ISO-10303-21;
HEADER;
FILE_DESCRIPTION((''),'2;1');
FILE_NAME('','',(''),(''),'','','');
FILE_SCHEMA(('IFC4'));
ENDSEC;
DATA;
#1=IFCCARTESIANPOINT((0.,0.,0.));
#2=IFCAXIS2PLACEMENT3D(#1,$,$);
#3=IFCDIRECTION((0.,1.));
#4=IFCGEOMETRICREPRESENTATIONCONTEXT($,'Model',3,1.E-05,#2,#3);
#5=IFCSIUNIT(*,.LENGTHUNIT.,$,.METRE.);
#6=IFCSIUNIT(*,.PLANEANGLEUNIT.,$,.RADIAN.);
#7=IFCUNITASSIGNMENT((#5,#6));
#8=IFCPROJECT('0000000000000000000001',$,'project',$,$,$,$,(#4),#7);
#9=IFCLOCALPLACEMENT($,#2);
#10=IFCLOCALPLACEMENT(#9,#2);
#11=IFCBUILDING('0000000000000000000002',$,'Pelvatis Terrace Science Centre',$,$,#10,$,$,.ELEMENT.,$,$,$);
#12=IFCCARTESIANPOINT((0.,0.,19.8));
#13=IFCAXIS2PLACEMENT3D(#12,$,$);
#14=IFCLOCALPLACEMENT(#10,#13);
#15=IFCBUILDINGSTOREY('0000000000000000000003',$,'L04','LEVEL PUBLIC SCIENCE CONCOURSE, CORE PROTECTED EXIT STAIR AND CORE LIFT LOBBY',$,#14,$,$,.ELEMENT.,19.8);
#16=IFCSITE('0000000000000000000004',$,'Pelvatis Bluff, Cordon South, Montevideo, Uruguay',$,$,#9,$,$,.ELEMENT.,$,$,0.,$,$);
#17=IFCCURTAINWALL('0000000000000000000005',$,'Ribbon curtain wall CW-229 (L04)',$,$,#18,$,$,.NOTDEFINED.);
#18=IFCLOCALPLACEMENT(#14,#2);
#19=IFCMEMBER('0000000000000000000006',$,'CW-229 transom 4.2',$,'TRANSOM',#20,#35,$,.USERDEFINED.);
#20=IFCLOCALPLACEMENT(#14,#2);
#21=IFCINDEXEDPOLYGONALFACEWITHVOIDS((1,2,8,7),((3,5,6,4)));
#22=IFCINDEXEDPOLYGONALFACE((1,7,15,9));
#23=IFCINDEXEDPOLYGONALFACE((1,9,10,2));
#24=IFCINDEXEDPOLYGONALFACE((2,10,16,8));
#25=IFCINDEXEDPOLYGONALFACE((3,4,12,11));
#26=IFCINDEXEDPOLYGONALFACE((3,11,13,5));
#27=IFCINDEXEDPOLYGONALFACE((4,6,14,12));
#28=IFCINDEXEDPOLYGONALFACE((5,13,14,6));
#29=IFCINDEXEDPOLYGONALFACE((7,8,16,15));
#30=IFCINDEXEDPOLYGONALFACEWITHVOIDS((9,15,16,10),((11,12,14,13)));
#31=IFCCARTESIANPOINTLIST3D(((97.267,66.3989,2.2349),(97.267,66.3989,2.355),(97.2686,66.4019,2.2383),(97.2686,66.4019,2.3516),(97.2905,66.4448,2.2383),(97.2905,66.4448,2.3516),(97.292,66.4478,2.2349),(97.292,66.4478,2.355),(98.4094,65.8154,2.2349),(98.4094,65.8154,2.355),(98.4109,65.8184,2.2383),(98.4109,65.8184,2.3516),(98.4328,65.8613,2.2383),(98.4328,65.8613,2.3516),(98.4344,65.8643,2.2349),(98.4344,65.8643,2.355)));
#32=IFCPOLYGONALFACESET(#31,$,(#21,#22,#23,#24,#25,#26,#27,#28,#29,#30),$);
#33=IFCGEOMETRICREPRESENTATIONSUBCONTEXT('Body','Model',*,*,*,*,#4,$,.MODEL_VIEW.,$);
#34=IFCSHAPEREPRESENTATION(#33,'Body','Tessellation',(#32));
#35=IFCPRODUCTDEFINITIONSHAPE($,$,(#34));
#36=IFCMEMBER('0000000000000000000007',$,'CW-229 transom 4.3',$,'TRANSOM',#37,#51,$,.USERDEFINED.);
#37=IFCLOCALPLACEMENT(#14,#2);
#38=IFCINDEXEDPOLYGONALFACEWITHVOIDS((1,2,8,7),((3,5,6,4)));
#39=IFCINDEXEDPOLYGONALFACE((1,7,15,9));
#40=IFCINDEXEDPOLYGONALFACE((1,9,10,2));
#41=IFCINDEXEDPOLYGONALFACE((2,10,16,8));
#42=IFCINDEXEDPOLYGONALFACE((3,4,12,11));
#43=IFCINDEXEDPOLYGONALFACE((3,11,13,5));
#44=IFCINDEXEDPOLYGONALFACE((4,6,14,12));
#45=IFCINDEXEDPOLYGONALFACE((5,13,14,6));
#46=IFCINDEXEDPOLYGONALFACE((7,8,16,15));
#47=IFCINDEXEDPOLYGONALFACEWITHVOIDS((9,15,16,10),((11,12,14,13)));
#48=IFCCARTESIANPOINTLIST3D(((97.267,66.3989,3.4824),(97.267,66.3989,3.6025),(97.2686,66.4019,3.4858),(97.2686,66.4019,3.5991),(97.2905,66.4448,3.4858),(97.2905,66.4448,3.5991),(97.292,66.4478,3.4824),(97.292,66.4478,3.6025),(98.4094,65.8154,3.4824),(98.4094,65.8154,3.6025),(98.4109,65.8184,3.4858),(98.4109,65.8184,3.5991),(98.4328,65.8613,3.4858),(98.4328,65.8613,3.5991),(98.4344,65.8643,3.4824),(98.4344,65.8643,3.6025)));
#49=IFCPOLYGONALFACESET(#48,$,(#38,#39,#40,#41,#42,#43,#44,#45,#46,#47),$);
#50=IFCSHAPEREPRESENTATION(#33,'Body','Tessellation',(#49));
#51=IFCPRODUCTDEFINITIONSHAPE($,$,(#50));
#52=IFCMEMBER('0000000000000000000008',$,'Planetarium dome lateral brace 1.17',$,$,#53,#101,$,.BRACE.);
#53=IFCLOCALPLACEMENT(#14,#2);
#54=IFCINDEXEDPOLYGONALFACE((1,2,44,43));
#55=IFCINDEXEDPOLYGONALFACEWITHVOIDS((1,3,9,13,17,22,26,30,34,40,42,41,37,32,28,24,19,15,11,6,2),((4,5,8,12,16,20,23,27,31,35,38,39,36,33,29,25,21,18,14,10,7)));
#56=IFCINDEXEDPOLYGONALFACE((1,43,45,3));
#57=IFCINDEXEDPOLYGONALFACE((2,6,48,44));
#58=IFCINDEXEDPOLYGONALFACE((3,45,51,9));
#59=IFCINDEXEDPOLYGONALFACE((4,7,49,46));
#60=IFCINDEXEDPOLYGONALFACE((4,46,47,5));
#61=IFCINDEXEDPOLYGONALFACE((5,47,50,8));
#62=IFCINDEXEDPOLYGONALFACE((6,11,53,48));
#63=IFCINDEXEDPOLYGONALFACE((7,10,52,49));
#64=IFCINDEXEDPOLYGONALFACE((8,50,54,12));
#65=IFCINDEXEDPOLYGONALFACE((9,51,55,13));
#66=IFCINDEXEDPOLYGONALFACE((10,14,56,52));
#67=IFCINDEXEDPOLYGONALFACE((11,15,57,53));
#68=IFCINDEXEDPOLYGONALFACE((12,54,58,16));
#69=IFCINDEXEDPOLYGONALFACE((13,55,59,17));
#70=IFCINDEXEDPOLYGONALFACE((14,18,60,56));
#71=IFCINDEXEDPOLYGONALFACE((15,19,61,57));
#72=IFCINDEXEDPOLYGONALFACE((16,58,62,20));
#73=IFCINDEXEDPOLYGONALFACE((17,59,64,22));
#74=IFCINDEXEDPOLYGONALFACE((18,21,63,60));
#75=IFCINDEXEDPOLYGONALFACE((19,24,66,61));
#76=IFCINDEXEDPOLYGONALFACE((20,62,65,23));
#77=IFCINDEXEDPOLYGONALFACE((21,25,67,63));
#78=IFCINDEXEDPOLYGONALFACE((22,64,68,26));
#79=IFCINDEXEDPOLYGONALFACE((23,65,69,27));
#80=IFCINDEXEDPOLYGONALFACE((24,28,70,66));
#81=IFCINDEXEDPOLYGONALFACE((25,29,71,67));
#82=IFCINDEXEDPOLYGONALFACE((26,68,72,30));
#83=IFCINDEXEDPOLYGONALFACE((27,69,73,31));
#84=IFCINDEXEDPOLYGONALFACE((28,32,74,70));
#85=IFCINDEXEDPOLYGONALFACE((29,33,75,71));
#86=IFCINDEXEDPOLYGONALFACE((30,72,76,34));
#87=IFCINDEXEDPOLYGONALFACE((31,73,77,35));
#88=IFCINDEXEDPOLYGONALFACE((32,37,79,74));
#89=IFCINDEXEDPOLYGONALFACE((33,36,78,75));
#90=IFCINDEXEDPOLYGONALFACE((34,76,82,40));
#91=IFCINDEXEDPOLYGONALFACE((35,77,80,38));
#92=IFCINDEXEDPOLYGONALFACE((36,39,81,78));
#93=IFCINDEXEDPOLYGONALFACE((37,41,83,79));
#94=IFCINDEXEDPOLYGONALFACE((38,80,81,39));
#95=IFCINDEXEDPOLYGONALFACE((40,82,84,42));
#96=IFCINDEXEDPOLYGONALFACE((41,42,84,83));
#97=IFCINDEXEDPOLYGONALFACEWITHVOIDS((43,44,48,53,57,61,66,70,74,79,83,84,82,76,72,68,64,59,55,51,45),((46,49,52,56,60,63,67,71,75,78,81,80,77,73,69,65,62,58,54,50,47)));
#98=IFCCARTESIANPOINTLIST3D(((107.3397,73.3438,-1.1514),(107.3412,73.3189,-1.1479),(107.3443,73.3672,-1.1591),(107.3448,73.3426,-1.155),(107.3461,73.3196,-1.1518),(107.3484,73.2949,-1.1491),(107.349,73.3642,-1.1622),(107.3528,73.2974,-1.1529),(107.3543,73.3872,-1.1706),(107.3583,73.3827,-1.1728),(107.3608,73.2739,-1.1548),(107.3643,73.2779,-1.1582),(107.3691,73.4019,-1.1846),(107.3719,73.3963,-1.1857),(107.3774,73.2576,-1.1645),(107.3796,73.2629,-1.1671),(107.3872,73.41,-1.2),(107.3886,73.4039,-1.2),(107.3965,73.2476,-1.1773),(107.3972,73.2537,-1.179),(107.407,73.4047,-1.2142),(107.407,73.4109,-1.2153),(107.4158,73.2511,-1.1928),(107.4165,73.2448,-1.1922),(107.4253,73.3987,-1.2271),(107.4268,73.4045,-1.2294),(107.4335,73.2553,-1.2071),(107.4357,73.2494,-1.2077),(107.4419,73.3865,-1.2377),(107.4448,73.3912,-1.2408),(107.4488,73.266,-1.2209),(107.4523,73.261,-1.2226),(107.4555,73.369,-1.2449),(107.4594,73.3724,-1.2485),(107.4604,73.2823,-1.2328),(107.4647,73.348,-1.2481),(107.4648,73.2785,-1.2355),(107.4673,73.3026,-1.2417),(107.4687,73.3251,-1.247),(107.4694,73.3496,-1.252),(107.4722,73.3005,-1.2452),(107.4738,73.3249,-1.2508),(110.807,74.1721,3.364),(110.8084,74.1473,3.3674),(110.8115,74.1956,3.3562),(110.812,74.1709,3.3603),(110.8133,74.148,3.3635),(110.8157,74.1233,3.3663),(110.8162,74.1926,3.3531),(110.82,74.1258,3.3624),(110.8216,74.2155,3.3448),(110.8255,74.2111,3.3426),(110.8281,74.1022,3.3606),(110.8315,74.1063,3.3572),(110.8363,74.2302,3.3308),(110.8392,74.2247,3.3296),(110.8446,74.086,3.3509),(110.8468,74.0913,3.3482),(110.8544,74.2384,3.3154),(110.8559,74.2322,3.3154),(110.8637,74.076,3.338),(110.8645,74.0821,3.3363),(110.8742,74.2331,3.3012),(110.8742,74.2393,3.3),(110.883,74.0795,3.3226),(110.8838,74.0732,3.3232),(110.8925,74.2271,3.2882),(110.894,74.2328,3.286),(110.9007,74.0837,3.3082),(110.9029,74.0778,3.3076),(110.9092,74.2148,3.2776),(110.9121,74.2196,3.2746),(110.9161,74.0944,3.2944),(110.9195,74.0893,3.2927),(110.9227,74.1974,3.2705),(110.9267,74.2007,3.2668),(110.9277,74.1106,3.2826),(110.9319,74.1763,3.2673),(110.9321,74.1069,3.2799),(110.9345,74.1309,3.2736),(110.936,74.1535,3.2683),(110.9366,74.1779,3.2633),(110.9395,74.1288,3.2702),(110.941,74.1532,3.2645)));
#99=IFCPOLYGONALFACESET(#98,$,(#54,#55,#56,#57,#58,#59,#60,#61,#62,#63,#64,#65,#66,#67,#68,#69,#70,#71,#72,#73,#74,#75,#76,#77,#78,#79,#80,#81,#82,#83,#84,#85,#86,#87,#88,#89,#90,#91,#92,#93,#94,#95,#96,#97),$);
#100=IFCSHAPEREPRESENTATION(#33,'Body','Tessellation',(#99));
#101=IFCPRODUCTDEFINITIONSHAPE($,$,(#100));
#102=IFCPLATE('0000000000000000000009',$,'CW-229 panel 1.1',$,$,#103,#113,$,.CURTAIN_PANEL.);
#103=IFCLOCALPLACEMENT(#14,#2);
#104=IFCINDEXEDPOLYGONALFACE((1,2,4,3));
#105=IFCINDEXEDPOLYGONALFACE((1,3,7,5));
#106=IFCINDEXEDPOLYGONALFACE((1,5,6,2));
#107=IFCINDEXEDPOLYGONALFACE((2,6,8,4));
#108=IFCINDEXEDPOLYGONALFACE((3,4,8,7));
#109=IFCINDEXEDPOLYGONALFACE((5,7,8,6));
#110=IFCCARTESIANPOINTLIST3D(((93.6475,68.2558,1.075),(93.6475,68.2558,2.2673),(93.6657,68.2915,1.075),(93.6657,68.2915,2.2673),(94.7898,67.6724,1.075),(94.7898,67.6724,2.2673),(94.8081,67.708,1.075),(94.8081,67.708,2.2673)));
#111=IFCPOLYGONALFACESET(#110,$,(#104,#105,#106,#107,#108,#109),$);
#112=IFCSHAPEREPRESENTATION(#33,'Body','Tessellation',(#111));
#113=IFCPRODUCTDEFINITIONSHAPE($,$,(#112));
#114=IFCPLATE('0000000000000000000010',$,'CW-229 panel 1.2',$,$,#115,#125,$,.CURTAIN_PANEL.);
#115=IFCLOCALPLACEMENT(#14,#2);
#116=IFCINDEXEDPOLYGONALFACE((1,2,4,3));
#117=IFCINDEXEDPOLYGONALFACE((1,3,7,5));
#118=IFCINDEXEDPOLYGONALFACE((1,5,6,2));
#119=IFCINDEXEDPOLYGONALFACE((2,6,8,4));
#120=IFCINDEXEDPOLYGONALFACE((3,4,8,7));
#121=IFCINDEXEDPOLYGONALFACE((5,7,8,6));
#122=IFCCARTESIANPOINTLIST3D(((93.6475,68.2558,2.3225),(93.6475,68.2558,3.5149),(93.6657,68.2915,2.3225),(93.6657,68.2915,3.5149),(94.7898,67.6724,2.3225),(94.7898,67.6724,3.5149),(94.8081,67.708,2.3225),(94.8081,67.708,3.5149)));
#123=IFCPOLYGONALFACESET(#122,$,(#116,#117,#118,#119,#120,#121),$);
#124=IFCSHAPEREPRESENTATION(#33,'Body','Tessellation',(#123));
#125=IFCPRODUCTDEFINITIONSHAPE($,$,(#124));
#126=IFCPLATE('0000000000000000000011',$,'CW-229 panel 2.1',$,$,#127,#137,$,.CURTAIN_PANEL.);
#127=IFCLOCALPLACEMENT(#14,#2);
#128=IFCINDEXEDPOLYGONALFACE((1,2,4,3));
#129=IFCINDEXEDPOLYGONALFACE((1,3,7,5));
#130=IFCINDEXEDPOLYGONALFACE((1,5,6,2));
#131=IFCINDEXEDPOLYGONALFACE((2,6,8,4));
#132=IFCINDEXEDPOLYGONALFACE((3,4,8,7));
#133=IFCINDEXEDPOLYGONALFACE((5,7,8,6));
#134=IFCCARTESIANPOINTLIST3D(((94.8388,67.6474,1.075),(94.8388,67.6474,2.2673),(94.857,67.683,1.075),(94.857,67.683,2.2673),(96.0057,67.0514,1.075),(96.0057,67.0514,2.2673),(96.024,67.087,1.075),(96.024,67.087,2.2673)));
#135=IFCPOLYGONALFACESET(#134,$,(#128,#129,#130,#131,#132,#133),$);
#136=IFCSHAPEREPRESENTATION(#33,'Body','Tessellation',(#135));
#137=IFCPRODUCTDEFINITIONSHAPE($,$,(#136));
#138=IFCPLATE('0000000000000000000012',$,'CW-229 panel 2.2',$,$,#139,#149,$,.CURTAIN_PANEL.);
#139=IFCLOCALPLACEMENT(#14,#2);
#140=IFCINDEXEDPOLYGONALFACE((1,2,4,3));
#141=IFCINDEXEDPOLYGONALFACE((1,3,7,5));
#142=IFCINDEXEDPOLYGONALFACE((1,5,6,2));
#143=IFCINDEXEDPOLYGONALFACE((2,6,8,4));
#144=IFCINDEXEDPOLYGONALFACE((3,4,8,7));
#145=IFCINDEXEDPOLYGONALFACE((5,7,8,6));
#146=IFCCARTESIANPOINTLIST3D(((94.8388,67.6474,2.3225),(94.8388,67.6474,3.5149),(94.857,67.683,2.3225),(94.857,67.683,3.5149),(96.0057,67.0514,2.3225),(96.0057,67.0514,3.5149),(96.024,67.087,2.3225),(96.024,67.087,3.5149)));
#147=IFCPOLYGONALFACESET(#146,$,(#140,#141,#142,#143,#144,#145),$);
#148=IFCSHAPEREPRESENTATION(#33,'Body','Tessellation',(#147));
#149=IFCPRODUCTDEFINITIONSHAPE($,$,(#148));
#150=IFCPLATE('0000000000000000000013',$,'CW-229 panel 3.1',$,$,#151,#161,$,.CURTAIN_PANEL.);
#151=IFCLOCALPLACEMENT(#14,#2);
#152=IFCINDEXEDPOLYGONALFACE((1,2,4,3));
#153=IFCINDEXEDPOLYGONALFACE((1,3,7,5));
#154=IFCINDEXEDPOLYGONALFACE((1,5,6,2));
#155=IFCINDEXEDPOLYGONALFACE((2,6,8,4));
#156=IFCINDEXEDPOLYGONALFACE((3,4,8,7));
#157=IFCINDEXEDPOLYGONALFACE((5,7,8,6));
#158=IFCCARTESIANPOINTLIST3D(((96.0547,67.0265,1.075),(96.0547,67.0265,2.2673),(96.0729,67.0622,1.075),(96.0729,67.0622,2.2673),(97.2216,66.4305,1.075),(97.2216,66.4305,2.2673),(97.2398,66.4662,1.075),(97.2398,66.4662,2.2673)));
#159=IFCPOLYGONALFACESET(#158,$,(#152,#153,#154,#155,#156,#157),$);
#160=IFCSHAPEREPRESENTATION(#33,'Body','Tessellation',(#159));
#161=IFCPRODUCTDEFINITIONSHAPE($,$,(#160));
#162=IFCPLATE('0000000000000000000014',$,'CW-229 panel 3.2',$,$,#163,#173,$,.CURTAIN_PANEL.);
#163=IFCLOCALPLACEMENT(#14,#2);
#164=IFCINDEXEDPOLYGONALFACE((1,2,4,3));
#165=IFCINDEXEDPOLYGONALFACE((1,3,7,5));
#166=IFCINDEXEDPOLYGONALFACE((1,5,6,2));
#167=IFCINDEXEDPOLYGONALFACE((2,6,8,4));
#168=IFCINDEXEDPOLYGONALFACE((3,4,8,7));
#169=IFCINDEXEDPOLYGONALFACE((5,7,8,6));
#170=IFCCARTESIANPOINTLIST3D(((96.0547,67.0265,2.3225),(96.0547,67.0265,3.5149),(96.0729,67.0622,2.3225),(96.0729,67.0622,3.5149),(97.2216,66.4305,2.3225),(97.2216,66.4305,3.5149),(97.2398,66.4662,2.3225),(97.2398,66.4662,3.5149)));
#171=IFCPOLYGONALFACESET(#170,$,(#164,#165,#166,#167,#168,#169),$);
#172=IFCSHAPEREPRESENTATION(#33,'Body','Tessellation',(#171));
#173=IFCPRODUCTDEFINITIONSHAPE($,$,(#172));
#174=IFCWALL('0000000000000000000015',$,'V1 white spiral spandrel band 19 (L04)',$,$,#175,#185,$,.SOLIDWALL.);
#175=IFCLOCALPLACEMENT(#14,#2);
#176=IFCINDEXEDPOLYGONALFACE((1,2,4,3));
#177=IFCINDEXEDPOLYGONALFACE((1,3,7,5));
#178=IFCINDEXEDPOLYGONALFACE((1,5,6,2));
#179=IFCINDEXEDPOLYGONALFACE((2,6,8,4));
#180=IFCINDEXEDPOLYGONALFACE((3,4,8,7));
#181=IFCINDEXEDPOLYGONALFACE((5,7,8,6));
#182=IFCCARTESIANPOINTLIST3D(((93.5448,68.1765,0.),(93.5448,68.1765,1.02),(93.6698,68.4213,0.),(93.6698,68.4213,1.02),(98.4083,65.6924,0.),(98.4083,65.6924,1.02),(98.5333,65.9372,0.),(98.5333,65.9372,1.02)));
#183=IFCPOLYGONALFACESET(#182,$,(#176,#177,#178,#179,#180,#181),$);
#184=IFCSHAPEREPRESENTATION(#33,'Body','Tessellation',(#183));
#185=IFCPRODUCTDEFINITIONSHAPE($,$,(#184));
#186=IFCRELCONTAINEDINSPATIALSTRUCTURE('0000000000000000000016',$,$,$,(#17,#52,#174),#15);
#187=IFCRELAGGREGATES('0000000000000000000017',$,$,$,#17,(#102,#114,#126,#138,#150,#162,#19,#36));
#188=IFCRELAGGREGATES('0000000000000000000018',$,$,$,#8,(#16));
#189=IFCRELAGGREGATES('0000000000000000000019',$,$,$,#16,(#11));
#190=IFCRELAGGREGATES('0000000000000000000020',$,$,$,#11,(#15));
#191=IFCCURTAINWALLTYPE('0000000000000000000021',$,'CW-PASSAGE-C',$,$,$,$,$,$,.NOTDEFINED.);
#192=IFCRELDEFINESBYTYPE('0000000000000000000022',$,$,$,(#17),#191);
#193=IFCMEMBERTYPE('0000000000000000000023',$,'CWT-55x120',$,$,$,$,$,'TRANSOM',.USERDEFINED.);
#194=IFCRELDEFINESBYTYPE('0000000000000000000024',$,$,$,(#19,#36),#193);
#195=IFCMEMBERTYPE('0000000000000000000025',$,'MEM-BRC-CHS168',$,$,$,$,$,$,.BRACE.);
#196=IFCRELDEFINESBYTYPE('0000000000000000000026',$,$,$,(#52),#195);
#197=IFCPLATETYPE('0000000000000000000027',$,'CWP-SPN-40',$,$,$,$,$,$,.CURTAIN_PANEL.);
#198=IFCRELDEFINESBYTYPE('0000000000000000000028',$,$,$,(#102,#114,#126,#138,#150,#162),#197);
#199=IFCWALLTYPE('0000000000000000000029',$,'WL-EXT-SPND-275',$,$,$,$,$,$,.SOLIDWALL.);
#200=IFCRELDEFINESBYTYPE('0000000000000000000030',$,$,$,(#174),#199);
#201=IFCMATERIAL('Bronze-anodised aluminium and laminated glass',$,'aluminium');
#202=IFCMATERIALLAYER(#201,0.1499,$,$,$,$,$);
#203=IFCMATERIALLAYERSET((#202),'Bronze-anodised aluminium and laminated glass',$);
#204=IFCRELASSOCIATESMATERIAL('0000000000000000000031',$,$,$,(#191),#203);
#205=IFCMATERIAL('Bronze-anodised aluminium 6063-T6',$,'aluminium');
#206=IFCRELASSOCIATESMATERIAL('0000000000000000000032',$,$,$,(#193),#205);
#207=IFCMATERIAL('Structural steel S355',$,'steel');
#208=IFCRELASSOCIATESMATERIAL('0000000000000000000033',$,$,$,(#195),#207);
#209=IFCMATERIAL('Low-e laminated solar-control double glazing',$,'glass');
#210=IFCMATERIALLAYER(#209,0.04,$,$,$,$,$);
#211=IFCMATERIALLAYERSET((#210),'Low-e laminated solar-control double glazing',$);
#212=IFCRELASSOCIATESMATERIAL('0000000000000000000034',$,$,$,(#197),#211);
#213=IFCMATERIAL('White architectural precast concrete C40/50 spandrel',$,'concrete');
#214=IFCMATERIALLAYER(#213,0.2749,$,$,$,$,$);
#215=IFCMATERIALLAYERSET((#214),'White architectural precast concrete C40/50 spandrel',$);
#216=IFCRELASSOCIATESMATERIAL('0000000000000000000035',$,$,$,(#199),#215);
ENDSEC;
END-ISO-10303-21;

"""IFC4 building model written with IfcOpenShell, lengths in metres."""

from ifc_helpers import new_model, si_unit, direction, frame, frame_2d, origin, origin_2d, place, context, subcontext, project, spatial, rectangle, hollow_rectangle, hollow_circle, extrude, material, layer, layer_set, material_profile, profile_set, type_object, element, aggregate, save


model = new_model("IFC4")

# Units and contexts
model_context = context("Model", 3, precision=1e-05, world=origin(), true_north=direction((0.0, 1.0)))
body_context = subcontext(model_context, "Body", "Model", "MODEL_VIEW")
ifc_project = project(units=[si_unit("LENGTHUNIT", "METRE"), si_unit("PLANEANGLEUNIT", "RADIAN")], contexts=[model_context])

# Site, building, storey
site_placement = place(None, origin())
site = spatial("IfcSite", under=ifc_project, at=site_placement, Name="Pelvatis Bluff, Cordon South, Montevideo, Uruguay", CompositionType="ELEMENT", RefElevation=0.0)
building_placement = place(site_placement, origin())
building = spatial("IfcBuilding", under=site, at=building_placement, Name="Pelvatis Terrace Science Centre", CompositionType="ELEMENT")
storey_placement = place(building_placement, frame((0.0, 0.0, 19.8)))
storey = spatial("IfcBuildingStorey", under=building, at=storey_placement, Name="L04", Description="LEVEL PUBLIC SCIENCE CONCOURSE, CORE PROTECTED EXIT STAIR AND CORE LIFT LOBBY", CompositionType="ELEMENT", Elevation=19.8)

# Shared definitions
ifc_material_1 = material(Name="Bronze-anodised aluminium and laminated glass", Category="aluminium")
ifc_layer_1 = layer(ifc_material_1, 0.1499)
ifc_layer_set_1 = layer_set([ifc_layer_1], Name="Bronze-anodised aluminium and laminated glass")
curtain_wall_type = type_object("IfcCurtainWallType", Name="CW-PASSAGE-C", PredefinedType="NOTDEFINED", material=ifc_layer_set_1)

# Curtain wall, members
curtain_wall_1_placement = place(storey_placement, origin())
curtain_wall_1 = element("IfcCurtainWall", 1, at=curtain_wall_1_placement, inside=storey, type_object=curtain_wall_type, Name="Ribbon curtain wall CW-229 (L04)", PredefinedType="NOTDEFINED")
ifc_material_2 = material(Name="Bronze-anodised aluminium 6063-T6", Category="aluminium")
ifc_material_profile_1 = material_profile(ifc_material_2, hollow_rectangle(XDim=0.0549, YDim=0.1201, WallThickness=0.0034, at=origin_2d()), Name="ALU-TRN 55x120")
ifc_profile_set_1 = profile_set([ifc_material_profile_1], Name="Bronze-anodised aluminium 6063-T6")
member_type_1 = type_object("IfcMemberType", Name="CWT-55x120", ElementType="TRANSOM", PredefinedType="USERDEFINED", material=ifc_profile_set_1)
member_1_placement = place(storey_placement, frame((97.2795, 66.4233, 2.2949), z_axis=(0.890549, -0.454886, 0.0), x_axis=(0.454886, 0.890549, 0.0)))
member_1 = element("IfcMember", 2, at=member_1_placement, type_object=member_type_1, Name="CW-229 transom 4.2", ObjectType="TRANSOM", PredefinedType="USERDEFINED", context=body_context, shape_type="SweptSolid", body=[
    extrude(hollow_rectangle(XDim=0.0549, YDim=0.1201, WallThickness=0.0034, at=origin_2d()), origin(), (0.0, 0.0, 1.0), 1.2827),
])
member_2_placement = place(storey_placement, frame((97.2795, 66.4233, 3.5425), z_axis=(0.890549, -0.454886, 0.0), x_axis=(0.454886, 0.890549, 0.0)))
member_2 = element("IfcMember", 3, at=member_2_placement, type_object=member_type_1, Name="CW-229 transom 4.3", ObjectType="TRANSOM", PredefinedType="USERDEFINED", context=body_context, shape_type="SweptSolid", body=[
    extrude(hollow_rectangle(XDim=0.0549, YDim=0.1201, WallThickness=0.0034, at=origin_2d()), origin(), (0.0, 0.0, 1.0), 1.2827),
])

# Member
ifc_material_3 = material(Name="Structural steel S355", Category="steel")
ifc_material_profile_2 = material_profile(ifc_material_3, hollow_circle(Radius=0.0842, WallThickness=0.0063, at=origin_2d()), Name="CHS 168.3x6.3")
ifc_profile_set_2 = profile_set([ifc_material_profile_2], Name="Structural steel S355")
member_type_2 = type_object("IfcMemberType", Name="MEM-BRC-CHS168", PredefinedType="BRACE", material=ifc_profile_set_2)
member_3_placement = place(storey_placement, frame((107.4067, 73.3281, -1.2), z_axis=(0.602692, 0.143989, 0.784875), x_axis=(-0.23237, 0.972627, 0.0)))
element("IfcMember", 4, at=member_3_placement, inside=storey, type_object=member_type_2, Name="Planetarium dome lateral brace 1.17", PredefinedType="BRACE", context=body_context, shape_type="SweptSolid", body=[
    extrude(hollow_circle(Radius=0.0842, WallThickness=0.0063, at=origin_2d()), origin(), (0.0, 0.0, 1.0), 5.7529),
])

# Plates
ifc_material_4 = material(Name="Low-e laminated solar-control double glazing", Category="glass")
ifc_layer_2 = layer(ifc_material_4, 0.04)
ifc_layer_set_2 = layer_set([ifc_layer_2], Name="Low-e laminated solar-control double glazing")
plate_type = type_object("IfcPlateType", Name="CWP-SPN-40", PredefinedType="CURTAIN_PANEL", material=ifc_layer_set_2)
plate_1_placement = place(storey_placement, frame((94.2278, 67.9819, 1.075), z_axis=(0.0, 0.0, 1.0), x_axis=(0.890564, -0.454859, 0.0)))
plate_1 = element("IfcPlate", 5, at=plate_1_placement, type_object=plate_type, Name="CW-229 panel 1.1", PredefinedType="CURTAIN_PANEL", context=body_context, shape_type="SweptSolid", body=[
    extrude(rectangle(XDim=1.2827, YDim=0.04, at=origin_2d()), origin(), (0.0, 0.0, 1.0), 1.1924),
])
plate_2_placement = place(storey_placement, frame((94.2278, 67.9819, 2.3225), z_axis=(0.0, 0.0, 1.0), x_axis=(0.890564, -0.454859, 0.0)))
plate_2 = element("IfcPlate", 6, at=plate_2_placement, type_object=plate_type, Name="CW-229 panel 1.2", PredefinedType="CURTAIN_PANEL", context=body_context, shape_type="SweptSolid", body=[
    extrude(rectangle(XDim=1.2827, YDim=0.04, at=origin_2d()), origin(), (0.0, 0.0, 1.0), 1.1924),
])
plate_3_placement = place(storey_placement, frame((95.4314, 67.3672, 1.075), z_axis=(0.0, 0.0, 1.0), x_axis=(0.890564, -0.454859, 0.0)))
plate_3 = element("IfcPlate", 7, at=plate_3_placement, type_object=plate_type, Name="CW-229 panel 2.1", PredefinedType="CURTAIN_PANEL", context=body_context, shape_type="SweptSolid", body=[
    extrude(rectangle(XDim=1.3103, YDim=0.04, at=origin_2d()), origin(), (0.0, 0.0, 1.0), 1.1924),
])
plate_4_placement = place(storey_placement, frame((95.4314, 67.3672, 2.3225), z_axis=(0.0, 0.0, 1.0), x_axis=(0.890564, -0.454859, 0.0)))
plate_4 = element("IfcPlate", 8, at=plate_4_placement, type_object=plate_type, Name="CW-229 panel 2.2", PredefinedType="CURTAIN_PANEL", context=body_context, shape_type="SweptSolid", body=[
    extrude(rectangle(XDim=1.3103, YDim=0.04, at=origin_2d()), origin(), (0.0, 0.0, 1.0), 1.1924),
])
plate_5_placement = place(storey_placement, frame((96.6472, 66.7463, 1.075), z_axis=(0.0, 0.0, 1.0), x_axis=(0.890564, -0.454859, 0.0)))
plate_5 = element("IfcPlate", 9, at=plate_5_placement, type_object=plate_type, Name="CW-229 panel 3.1", PredefinedType="CURTAIN_PANEL", context=body_context, shape_type="SweptSolid", body=[
    extrude(rectangle(XDim=1.3103, YDim=0.04, at=origin_2d()), origin(), (0.0, 0.0, 1.0), 1.1924),
])
plate_6_placement = place(storey_placement, frame((96.6472, 66.7463, 2.3225), z_axis=(0.0, 0.0, 1.0), x_axis=(0.890564, -0.454859, 0.0)))
plate_6 = element("IfcPlate", 10, at=plate_6_placement, type_object=plate_type, Name="CW-229 panel 3.2", PredefinedType="CURTAIN_PANEL", context=body_context, shape_type="SweptSolid", body=[
    extrude(rectangle(XDim=1.3103, YDim=0.04, at=origin_2d()), origin(), (0.0, 0.0, 1.0), 1.1924),
])
aggregate(curtain_wall_1, [plate_1, plate_2, plate_3, plate_4, plate_5, plate_6, member_1, member_2])

# Wall
ifc_material_5 = material(Name="White architectural precast concrete C40/50 spandrel", Category="concrete")
ifc_layer_3 = layer(ifc_material_5, 0.2749)
ifc_layer_set_3 = layer_set([ifc_layer_3], Name="White architectural precast concrete C40/50 spandrel")
wall_type_1 = type_object("IfcWallType", Name="WL-EXT-SPND-275", PredefinedType="SOLIDWALL", material=ifc_layer_set_3)
wall_1_placement = place(storey_placement, frame((93.6074, 68.2988, 0.0), z_axis=(0.0, 0.0, 1.0), x_axis=(0.890559, -0.454868, 0.0)))
element("IfcWall", 11, at=wall_1_placement, inside=storey, type_object=wall_type_1, Name="V1 white spiral spandrel band 19 (L04)", PredefinedType="SOLIDWALL", context=body_context, shape_type="SweptSolid", body=[
    extrude(rectangle(XDim=5.4612, YDim=0.2749, at=frame_2d((2.7305, 0.0))), origin(), (0.0, 0.0, 1.0), 1.02),
])

save(model, "model.ifc")
